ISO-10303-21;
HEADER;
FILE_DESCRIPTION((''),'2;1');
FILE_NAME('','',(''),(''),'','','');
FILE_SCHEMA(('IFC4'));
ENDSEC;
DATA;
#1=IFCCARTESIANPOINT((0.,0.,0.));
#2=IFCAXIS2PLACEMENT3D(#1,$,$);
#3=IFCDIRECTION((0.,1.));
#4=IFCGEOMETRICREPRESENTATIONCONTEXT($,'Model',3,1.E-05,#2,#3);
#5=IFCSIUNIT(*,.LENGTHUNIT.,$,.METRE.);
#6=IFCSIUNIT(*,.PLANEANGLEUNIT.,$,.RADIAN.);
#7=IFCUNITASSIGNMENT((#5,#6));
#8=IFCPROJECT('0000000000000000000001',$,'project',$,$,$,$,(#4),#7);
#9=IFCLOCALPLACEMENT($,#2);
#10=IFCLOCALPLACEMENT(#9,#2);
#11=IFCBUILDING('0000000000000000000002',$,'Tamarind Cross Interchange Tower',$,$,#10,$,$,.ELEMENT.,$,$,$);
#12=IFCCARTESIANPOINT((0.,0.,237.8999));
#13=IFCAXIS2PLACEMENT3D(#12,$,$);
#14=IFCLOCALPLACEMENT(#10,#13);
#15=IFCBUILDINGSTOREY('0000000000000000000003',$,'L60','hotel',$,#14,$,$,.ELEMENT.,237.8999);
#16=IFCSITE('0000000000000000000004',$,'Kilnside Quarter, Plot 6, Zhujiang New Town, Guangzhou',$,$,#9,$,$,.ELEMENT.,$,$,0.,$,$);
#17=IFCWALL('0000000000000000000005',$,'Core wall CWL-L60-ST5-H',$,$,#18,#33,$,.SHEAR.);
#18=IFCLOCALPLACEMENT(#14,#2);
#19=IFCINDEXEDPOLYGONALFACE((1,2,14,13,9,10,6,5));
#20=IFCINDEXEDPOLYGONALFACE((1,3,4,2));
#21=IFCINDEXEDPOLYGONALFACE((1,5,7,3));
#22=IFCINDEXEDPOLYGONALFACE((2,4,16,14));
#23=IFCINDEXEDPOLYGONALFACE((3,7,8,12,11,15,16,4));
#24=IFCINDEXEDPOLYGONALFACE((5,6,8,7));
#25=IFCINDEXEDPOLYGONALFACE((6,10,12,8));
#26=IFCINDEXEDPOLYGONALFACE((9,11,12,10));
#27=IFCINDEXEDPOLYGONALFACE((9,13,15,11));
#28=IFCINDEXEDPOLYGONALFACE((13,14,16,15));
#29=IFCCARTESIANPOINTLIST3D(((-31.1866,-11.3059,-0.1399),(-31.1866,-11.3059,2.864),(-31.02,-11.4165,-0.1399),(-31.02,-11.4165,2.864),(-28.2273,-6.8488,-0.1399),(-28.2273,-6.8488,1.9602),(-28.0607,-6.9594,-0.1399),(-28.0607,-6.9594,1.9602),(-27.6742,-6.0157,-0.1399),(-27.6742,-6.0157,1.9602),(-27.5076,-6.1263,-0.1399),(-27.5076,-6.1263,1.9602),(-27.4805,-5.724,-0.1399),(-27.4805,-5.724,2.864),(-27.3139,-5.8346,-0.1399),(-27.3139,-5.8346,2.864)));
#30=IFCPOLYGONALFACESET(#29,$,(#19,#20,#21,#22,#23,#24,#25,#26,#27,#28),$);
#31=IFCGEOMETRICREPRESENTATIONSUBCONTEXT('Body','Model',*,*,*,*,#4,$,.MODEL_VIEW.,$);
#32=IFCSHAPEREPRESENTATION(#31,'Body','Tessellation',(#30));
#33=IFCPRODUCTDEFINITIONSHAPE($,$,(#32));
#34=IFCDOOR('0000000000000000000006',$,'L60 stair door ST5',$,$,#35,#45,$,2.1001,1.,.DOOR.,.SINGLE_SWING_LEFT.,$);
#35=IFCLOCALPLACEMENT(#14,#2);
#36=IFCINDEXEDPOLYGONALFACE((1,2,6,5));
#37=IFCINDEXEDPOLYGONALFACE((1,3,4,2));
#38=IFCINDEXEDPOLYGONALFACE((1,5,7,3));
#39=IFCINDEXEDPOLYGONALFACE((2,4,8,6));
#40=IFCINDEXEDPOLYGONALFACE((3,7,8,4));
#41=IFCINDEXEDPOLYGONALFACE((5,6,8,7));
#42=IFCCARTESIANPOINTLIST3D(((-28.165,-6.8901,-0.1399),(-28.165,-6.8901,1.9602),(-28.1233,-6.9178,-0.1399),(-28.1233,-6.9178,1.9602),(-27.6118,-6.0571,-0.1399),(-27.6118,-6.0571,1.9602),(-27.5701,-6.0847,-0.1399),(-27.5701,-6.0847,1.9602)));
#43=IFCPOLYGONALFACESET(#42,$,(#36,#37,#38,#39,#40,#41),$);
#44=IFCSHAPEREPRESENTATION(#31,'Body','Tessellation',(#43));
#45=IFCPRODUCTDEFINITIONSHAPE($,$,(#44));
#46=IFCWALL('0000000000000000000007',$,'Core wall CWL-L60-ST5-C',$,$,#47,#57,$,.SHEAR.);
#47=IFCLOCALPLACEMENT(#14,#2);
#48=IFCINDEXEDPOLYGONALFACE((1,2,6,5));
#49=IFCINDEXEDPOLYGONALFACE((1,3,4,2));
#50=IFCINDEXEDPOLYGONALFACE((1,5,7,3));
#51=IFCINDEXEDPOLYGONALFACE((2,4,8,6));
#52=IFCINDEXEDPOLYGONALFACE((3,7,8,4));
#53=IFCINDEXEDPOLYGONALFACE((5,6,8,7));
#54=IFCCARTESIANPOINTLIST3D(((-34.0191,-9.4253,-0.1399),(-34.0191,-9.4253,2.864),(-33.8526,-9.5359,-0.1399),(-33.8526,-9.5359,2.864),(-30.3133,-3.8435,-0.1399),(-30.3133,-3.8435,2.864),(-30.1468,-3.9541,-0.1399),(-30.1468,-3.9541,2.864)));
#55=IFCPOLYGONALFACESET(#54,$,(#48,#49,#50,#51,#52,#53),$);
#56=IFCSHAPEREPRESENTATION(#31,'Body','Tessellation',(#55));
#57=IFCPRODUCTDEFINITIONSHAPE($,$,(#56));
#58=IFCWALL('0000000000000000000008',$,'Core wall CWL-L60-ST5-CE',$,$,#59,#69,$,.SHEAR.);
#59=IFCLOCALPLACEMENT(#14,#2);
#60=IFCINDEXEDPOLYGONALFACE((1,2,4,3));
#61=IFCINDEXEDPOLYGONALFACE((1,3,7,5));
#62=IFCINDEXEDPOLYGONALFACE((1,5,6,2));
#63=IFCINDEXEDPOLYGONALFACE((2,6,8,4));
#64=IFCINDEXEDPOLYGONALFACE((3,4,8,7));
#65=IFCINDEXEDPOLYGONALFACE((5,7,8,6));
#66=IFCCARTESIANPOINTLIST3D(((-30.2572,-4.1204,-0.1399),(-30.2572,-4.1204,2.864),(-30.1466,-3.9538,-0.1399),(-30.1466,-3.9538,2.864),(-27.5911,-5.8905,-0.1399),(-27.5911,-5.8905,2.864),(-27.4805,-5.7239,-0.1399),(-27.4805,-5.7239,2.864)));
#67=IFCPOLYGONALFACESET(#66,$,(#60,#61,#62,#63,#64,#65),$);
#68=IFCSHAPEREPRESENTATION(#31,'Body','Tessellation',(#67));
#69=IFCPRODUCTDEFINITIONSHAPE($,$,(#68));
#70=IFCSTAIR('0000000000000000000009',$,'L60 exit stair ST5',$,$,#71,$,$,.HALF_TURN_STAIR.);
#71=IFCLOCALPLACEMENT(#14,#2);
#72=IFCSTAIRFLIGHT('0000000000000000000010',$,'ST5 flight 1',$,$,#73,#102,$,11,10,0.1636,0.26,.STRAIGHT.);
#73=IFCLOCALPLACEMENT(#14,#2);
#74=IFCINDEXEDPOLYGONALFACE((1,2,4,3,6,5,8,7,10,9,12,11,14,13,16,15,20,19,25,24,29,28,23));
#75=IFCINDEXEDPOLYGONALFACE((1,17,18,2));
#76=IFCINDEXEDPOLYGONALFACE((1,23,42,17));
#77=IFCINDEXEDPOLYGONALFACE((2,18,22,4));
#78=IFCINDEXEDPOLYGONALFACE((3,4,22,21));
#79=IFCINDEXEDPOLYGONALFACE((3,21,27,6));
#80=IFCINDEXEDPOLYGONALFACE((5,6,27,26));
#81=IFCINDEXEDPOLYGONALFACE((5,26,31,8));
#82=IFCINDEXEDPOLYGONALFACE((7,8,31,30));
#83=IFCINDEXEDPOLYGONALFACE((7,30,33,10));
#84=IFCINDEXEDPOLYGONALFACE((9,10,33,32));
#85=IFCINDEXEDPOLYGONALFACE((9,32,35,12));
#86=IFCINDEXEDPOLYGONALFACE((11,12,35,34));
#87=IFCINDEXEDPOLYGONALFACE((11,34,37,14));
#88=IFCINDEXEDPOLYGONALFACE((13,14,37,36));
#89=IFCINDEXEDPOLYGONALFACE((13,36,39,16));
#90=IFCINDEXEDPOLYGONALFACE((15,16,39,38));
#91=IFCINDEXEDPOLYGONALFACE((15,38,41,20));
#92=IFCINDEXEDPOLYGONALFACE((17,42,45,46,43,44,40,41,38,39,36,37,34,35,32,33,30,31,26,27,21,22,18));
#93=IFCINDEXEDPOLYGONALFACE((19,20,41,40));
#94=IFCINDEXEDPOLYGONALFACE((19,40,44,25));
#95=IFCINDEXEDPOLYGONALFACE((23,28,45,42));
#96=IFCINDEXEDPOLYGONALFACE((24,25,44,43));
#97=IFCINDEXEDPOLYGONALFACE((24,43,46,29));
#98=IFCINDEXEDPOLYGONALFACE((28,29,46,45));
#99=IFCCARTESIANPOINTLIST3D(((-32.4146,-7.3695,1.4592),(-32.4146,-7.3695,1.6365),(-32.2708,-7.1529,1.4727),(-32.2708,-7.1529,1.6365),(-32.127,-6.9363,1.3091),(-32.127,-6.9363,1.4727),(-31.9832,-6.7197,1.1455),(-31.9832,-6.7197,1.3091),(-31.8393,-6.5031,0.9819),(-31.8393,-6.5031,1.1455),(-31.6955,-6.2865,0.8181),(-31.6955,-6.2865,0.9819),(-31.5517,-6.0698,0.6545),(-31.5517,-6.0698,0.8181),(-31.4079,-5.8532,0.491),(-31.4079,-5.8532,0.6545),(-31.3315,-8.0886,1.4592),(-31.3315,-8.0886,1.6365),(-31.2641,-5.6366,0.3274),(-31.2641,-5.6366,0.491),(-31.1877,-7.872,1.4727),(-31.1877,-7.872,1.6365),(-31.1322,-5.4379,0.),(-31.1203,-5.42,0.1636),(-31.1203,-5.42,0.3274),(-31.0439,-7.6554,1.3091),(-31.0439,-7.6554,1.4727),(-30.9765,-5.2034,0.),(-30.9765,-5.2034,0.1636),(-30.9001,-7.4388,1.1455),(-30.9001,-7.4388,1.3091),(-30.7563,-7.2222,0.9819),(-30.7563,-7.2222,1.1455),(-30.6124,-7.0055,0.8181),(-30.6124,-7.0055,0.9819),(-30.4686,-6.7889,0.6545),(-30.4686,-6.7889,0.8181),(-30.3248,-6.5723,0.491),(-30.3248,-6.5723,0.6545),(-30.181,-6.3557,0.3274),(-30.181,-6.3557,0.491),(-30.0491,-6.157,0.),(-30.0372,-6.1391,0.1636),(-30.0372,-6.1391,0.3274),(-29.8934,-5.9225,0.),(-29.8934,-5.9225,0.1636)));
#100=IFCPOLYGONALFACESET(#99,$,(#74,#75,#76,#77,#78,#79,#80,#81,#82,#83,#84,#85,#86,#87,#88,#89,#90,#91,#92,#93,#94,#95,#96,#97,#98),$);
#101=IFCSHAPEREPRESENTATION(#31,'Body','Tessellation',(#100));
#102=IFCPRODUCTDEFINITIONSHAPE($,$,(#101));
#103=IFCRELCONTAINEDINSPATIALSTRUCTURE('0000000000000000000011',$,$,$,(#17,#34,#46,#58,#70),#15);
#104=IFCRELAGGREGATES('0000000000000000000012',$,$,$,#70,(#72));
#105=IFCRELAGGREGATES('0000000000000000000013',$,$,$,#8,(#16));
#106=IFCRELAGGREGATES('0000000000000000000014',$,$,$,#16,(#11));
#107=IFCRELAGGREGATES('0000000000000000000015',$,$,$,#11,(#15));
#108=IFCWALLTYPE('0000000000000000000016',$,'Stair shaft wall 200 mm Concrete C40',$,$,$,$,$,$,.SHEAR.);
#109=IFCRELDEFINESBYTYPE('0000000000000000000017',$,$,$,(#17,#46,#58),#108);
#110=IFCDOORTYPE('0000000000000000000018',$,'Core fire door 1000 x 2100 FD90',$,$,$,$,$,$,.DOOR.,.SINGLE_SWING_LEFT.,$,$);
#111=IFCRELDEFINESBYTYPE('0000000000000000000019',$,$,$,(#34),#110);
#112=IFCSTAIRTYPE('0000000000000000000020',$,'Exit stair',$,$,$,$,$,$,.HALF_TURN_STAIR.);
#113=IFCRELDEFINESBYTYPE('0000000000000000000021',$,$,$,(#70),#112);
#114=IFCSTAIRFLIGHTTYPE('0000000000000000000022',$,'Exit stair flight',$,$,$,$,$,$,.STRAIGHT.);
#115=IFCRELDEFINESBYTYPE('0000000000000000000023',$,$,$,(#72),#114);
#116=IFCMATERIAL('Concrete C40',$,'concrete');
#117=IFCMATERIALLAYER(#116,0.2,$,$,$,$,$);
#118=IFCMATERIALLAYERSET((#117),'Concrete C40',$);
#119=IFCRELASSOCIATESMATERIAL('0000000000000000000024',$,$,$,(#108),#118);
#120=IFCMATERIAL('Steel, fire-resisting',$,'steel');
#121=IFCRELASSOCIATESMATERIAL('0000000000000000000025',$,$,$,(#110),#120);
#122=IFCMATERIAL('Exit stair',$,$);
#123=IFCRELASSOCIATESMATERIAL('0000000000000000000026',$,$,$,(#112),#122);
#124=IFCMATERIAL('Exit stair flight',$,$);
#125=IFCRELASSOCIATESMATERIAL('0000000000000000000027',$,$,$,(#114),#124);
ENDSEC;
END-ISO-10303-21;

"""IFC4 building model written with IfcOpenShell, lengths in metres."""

from ifc_helpers import new_model, si_unit, direction, frame, frame_2d, origin, place, context, subcontext, project, spatial, polyline, rectangle, outline, extrude, material, layer, layer_set, type_object, element, fill, aggregate, save


model = new_model("IFC4")

# Units and contexts
model_context = context("Model", 3, precision=1e-05, world=origin(), true_north=direction((0.0, 1.0)))
body_context = subcontext(model_context, "Body", "Model", "MODEL_VIEW")
ifc_project = project(units=[si_unit("LENGTHUNIT", "METRE"), si_unit("PLANEANGLEUNIT", "RADIAN")], contexts=[model_context])

# Site, building, storey
site_placement = place(None, origin())
site = spatial("IfcSite", under=ifc_project, at=site_placement, Name="Kilnside Quarter, Plot 6, Zhujiang New Town, Guangzhou", CompositionType="ELEMENT", RefElevation=0.0)
building_placement = place(site_placement, origin())
building = spatial("IfcBuilding", under=site, at=building_placement, Name="Tamarind Cross Interchange Tower", CompositionType="ELEMENT")
storey_placement = place(building_placement, frame((0.0, 0.0, 237.8999)))
storey = spatial("IfcBuildingStorey", under=building, at=storey_placement, Name="L60", Description="hotel", CompositionType="ELEMENT", Elevation=237.8999)

# Wall, opening, door
ifc_material_1 = material(Name="Concrete C40", Category="concrete")
ifc_layer_1 = layer(ifc_material_1, 0.2)
ifc_layer_set_1 = layer_set([ifc_layer_1], Name="Concrete C40")
wall_type_1 = type_object("IfcWallType", Name="Stair shaft wall 200 mm Concrete C40", PredefinedType="SHEAR", material=ifc_layer_set_1)
wall_1_placement = place(storey_placement, frame((-27.3972, -5.7793, -0.1399), z_axis=(0.0, 0.0, 1.0), x_axis=(-0.553135, -0.833092, 0.0)))
wall_1 = element("IfcWall", 1, at=wall_1_placement, inside=storey, type_object=wall_type_1, Name="Core wall CWL-L60-ST5-H", PredefinedType="SHEAR", context=body_context, shape_type="SweptSolid", body=[
    extrude(rectangle(XDim=6.7002, YDim=0.2, at=frame_2d((3.3501, 0.0))), origin(), (0.0, 0.0, 1.0), 3.0039),
])
opening_1_placement = place(wall_1_placement, frame((0.3501, 0.0, 0.0)))
opening_1 = element("IfcOpeningElement", 2, at=opening_1_placement, cuts=wall_1, PredefinedType="OPENING", context=body_context, shape_type="SweptSolid", body=[
    extrude(rectangle(XDim=1.0, YDim=2.1001, at=frame_2d((0.5, 1.05))), frame((0.0, 0.1099, 0.0), z_axis=(0.0, -1.0, 0.0), x_axis=(1.0, 0.0, 0.0)), (0.0, 0.0, 1.0), 0.22),
])
ifc_material_2 = material(Name="Steel, fire-resisting", Category="steel")
door_type_1 = type_object("IfcDoorType", Name="Core fire door 1000 x 2100 FD90", OperationType="SINGLE_SWING_LEFT", PredefinedType="DOOR", material=ifc_material_2)
door_1_placement = place(opening_1_placement, origin())
door_1 = element("IfcDoor", 3, at=door_1_placement, inside=storey, type_object=door_type_1, Name="L60 stair door ST5", OperationType="SINGLE_SWING_LEFT", OverallHeight=2.1001, OverallWidth=1.0, PredefinedType="DOOR", context=body_context, shape_type="SweptSolid", body=[
    extrude(rectangle(XDim=1.0, YDim=2.1001, at=frame_2d((0.5, 1.05))), frame((0.0, 0.0249, 0.0), z_axis=(0.0, -1.0, 0.0), x_axis=(1.0, 0.0, 0.0)), (0.0, 0.0, 1.0), 0.05),
])
fill(opening_1, door_1)

# Walls
wall_2_placement = place(storey_placement, frame((-30.23, -3.8987, -0.1399), z_axis=(0.0, 0.0, 1.0), x_axis=(-0.55311, -0.833108, 0.0)))
element("IfcWall", 4, at=wall_2_placement, inside=storey, type_object=wall_type_1, Name="Core wall CWL-L60-ST5-C", PredefinedType="SHEAR", context=body_context, shape_type="SweptSolid", body=[
    extrude(rectangle(XDim=6.7, YDim=0.2, at=frame_2d((3.3501, 0.0))), origin(), (0.0, 0.0, 1.0), 3.0039),
])
wall_3_placement = place(storey_placement, frame((-30.2019, -4.0371, -0.1399), z_axis=(0.0, 0.0, 1.0), x_axis=(0.833105, -0.553115, 0.0)))
element("IfcWall", 5, at=wall_3_placement, inside=storey, type_object=wall_type_1, Name="Core wall CWL-L60-ST5-CE", PredefinedType="SHEAR", context=body_context, shape_type="SweptSolid", body=[
    extrude(rectangle(XDim=3.2002, YDim=0.2, at=frame_2d((1.6001, 0.0))), origin(), (0.0, 0.0, 1.0), 3.0039),
])

# Stair, stair flight
ifc_material_3 = material(Name="Exit stair")
stair_type = type_object("IfcStairType", Name="Exit stair", PredefinedType="HALF_TURN_STAIR", material=ifc_material_3)
stair_placement = place(storey_placement, origin())
stair = element("IfcStair", 6, at=stair_placement, inside=storey, type_object=stair_type, Name="L60 exit stair ST5", PredefinedType="HALF_TURN_STAIR")
ifc_material_4 = material(Name="Exit stair flight")
stair_flight_type = type_object("IfcStairFlightType", Name="Exit stair flight", PredefinedType="STRAIGHT", material=ifc_material_4)
stair_flight_placement = place(storey_placement, frame((-30.4348, -5.563, 0.0), z_axis=(0.0, 0.0, 1.0), x_axis=(-0.553112, -0.833107, 0.0)))
stair_flight = element("IfcStairFlight", 7, at=stair_flight_placement, type_object=stair_flight_type, Name="ST5 flight 1", NumberOfRisers=11, NumberOfTreads=10, PredefinedType="STRAIGHT", RiserHeight=0.1636, TreadLength=0.26, context=body_context, shape_type="SweptSolid", body=[
    extrude(outline(polyline([(0.0, 0.0), (0.0, 0.1636), (0.26, 0.1636), (0.26, 0.3274), (0.52, 0.3274), (0.52, 0.491), (0.78, 0.491), (0.78, 0.6545), (1.04, 0.6545), (1.04, 0.8181), (1.3, 0.8181), (1.3, 0.9819), (1.5601, 0.9819), (1.5601, 1.1455), (1.8201, 1.1455), (1.8201, 1.3091), (2.0801, 1.3091), (2.0801, 1.4727), (2.3401, 1.4727), (2.3401, 1.6365), (2.6001, 1.6365), (2.6001, 1.8), (2.6001, 1.4592), (0.2815, 0.0), (0.0, 0.0)])), frame((0.0, 0.6499, 0.0), z_axis=(0.0, -1.0, 0.0), x_axis=(1.0, 0.0, 0.0)), (0.0, 0.0, 1.0), 1.3),
])
aggregate(stair, [stair_flight])

save(model, "model.ifc")
